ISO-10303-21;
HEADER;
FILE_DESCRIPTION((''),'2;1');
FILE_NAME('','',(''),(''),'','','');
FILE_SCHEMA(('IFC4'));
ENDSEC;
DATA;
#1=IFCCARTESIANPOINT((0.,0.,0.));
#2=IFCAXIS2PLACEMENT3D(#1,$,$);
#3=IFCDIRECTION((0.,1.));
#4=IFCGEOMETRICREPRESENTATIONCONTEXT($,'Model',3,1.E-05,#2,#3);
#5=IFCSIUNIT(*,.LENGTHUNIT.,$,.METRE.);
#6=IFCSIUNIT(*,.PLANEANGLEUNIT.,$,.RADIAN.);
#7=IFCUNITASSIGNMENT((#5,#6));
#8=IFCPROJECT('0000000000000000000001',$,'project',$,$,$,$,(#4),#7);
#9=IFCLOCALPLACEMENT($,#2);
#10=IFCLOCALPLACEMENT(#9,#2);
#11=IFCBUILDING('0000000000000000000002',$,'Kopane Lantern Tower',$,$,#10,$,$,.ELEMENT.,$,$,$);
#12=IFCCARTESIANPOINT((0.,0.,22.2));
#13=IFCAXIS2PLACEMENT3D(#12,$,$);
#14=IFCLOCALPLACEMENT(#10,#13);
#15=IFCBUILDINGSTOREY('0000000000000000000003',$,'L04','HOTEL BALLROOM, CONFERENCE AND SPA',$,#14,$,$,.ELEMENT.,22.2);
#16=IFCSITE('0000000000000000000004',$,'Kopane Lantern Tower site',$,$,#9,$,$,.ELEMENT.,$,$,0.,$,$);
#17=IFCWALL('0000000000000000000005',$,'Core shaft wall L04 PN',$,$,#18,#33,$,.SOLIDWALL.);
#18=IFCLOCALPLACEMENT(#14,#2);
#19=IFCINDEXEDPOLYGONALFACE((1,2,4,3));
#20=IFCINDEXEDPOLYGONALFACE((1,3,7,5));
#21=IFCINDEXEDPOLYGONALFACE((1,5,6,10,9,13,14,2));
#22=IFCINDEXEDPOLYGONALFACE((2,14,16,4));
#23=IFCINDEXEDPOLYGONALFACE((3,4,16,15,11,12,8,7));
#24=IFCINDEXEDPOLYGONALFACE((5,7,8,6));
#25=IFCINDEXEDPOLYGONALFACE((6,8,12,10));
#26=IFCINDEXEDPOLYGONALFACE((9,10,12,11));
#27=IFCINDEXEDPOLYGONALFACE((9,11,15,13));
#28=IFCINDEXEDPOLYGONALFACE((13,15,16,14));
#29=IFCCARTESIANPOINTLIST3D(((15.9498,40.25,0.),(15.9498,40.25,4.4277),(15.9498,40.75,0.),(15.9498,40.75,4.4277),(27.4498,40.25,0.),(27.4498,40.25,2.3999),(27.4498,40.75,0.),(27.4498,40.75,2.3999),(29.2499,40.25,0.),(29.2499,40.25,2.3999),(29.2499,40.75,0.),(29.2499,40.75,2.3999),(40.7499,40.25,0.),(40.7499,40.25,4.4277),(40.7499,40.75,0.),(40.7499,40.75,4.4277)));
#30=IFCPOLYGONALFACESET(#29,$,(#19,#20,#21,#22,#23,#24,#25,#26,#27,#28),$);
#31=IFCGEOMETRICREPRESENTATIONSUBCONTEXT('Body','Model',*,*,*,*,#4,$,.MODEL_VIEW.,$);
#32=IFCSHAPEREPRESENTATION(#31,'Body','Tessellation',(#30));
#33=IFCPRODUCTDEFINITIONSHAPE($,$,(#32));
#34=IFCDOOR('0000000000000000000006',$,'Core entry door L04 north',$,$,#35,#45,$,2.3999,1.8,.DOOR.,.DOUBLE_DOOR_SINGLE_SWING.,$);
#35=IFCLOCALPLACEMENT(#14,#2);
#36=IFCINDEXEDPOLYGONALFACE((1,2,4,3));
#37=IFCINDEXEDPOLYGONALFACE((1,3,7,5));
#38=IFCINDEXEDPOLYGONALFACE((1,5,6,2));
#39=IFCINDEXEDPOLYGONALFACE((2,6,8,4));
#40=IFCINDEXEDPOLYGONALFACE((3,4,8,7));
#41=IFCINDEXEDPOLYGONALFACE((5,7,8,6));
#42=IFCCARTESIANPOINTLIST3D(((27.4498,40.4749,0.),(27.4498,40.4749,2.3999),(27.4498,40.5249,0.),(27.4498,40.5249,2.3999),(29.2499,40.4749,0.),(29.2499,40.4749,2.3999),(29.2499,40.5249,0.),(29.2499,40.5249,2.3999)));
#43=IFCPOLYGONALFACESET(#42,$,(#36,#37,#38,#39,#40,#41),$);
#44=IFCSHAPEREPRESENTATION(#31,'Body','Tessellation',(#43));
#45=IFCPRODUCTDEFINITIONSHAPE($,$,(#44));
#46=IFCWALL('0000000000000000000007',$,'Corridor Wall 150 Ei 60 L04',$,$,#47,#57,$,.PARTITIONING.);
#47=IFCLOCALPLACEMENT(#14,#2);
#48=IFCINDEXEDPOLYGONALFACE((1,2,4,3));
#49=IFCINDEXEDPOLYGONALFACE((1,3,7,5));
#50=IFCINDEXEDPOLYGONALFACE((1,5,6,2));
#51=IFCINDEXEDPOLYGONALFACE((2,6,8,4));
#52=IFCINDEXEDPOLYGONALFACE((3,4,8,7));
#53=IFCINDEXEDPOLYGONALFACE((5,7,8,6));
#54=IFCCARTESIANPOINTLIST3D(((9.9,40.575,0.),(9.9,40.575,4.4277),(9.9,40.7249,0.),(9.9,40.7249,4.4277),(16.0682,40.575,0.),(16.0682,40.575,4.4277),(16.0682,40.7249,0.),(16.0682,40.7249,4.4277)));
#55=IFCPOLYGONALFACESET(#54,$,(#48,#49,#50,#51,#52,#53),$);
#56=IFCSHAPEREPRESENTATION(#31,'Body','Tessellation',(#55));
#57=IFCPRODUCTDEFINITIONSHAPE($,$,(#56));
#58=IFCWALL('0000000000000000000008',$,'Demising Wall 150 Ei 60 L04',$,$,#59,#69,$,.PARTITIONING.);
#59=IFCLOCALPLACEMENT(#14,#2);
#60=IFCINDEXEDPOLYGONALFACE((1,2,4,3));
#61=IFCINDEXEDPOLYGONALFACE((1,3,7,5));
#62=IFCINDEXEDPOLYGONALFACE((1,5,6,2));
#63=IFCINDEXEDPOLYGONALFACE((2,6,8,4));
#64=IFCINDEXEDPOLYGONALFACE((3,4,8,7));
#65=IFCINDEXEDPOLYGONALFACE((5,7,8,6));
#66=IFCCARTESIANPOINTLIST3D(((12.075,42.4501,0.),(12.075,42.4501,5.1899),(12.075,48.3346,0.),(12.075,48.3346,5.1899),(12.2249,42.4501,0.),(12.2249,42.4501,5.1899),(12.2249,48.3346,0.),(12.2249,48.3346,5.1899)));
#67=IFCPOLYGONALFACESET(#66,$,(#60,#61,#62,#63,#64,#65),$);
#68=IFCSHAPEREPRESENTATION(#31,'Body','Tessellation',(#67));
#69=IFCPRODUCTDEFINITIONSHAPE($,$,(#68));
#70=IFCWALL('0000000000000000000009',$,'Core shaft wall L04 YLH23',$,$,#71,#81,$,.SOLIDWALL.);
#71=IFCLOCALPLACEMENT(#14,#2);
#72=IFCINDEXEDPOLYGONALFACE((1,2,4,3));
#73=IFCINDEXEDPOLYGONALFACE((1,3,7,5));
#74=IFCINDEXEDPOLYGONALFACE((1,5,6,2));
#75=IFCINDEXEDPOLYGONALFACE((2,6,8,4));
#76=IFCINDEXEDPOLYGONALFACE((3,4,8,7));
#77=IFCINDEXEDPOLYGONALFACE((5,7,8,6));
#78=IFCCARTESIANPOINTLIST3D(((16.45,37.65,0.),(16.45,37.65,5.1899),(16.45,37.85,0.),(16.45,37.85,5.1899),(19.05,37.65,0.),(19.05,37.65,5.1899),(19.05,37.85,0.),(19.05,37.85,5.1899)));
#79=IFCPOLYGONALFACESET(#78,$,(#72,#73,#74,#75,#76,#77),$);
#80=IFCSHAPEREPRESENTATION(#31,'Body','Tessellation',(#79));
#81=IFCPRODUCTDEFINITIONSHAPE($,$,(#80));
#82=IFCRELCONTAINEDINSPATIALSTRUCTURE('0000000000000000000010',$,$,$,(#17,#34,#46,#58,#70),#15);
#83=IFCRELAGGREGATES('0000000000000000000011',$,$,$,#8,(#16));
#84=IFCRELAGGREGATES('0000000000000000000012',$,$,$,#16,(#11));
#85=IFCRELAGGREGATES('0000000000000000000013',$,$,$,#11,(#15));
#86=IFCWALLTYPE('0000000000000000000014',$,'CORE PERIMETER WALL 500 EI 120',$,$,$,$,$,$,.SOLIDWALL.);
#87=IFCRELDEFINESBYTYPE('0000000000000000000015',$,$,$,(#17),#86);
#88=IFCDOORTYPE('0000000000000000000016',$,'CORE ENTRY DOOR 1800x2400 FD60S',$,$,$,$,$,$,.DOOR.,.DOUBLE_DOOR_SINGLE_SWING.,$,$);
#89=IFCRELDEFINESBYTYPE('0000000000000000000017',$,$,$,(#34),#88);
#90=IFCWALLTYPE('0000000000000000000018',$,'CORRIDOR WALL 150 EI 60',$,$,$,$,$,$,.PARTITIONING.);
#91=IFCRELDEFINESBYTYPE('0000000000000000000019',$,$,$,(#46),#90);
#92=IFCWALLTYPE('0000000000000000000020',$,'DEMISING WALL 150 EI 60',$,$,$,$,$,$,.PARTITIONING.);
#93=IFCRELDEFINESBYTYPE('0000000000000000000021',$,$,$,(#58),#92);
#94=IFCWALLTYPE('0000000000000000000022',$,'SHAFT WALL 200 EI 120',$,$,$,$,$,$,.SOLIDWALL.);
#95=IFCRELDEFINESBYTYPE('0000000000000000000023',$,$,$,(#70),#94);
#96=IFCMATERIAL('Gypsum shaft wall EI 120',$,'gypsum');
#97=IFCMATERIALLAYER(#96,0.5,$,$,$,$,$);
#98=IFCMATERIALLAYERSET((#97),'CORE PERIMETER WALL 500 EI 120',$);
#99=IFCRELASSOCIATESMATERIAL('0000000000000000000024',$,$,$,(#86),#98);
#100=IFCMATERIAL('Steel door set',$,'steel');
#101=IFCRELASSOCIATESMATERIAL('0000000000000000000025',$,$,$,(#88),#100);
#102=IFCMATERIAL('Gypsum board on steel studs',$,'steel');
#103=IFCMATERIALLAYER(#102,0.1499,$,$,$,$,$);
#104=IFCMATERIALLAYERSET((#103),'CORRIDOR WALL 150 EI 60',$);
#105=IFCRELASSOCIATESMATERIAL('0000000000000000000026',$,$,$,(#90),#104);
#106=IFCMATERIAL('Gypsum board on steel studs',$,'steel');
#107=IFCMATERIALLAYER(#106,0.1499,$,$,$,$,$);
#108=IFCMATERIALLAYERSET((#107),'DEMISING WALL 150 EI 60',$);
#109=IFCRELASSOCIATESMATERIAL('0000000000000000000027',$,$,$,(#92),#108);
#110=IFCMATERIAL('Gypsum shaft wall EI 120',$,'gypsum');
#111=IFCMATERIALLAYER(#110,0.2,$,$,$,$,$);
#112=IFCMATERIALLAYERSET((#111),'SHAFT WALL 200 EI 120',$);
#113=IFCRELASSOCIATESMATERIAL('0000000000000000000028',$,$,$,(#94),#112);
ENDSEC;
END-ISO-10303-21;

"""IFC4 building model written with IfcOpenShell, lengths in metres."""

from ifc_helpers import new_model, si_unit, direction, frame, frame_2d, origin, place, context, subcontext, project, spatial, rectangle, extrude, material, layer, layer_set, type_object, element, fill, save


model = new_model("IFC4")

# Units and contexts
model_context = context("Model", 3, precision=1e-05, world=origin(), true_north=direction((0.0, 1.0)))
body_context = subcontext(model_context, "Body", "Model", "MODEL_VIEW")
ifc_project = project(units=[si_unit("LENGTHUNIT", "METRE"), si_unit("PLANEANGLEUNIT", "RADIAN")], contexts=[model_context])

# Site, building, storey
site_placement = place(None, origin())
site = spatial("IfcSite", under=ifc_project, at=site_placement, Name="Kopane Lantern Tower site", CompositionType="ELEMENT", RefElevation=0.0)
building_placement = place(site_placement, origin())
building = spatial("IfcBuilding", under=site, at=building_placement, Name="Kopane Lantern Tower", CompositionType="ELEMENT")
storey_placement = place(building_placement, frame((0.0, 0.0, 22.2)))
storey = spatial("IfcBuildingStorey", under=building, at=storey_placement, Name="L04", Description="HOTEL BALLROOM, CONFERENCE AND SPA", CompositionType="ELEMENT", Elevation=22.2)

# Wall, opening, door
ifc_material_1 = material(Name="Gypsum shaft wall EI 120", Category="gypsum")
ifc_layer_1 = layer(ifc_material_1, 0.5)
ifc_layer_set_1 = layer_set([ifc_layer_1], Name="CORE PERIMETER WALL 500 EI 120")
wall_type_1 = type_object("IfcWallType", Name="CORE PERIMETER WALL 500 EI 120", PredefinedType="SOLIDWALL", material=ifc_layer_set_1)
wall_1_placement = place(storey_placement, frame((15.95, 40.5, 0.0), z_axis=(0.0, 0.0, 1.0), x_axis=(1.0, 0.0, 0.0)))
wall_1 = element("IfcWall", 1, at=wall_1_placement, inside=storey, type_object=wall_type_1, Name="Core shaft wall L04 PN", PredefinedType="SOLIDWALL", context=body_context, shape_type="SweptSolid", body=[
    extrude(rectangle(XDim=24.8, YDim=0.5, at=frame_2d((12.3999, 0.0))), origin(), (0.0, 0.0, 1.0), 4.4277),
])
opening_placement = place(wall_1_placement, frame((11.5, 0.0, 0.0)))
opening = element("IfcOpeningElement", 2, at=opening_placement, cuts=wall_1, PredefinedType="OPENING", context=body_context, shape_type="SweptSolid", body=[
    extrude(rectangle(XDim=1.8, YDim=2.3999, at=frame_2d((0.8999, 1.2))), frame((0.0, 0.26, 0.0), z_axis=(0.0, -1.0, 0.0), x_axis=(1.0, 0.0, 0.0)), (0.0, 0.0, 1.0), 0.52),
])
ifc_material_2 = material(Name="Steel door set", Category="steel")
door_type = type_object("IfcDoorType", Name="CORE ENTRY DOOR 1800x2400 FD60S", OperationType="DOUBLE_DOOR_SINGLE_SWING", PredefinedType="DOOR", material=ifc_material_2)
door_placement = place(opening_placement, origin())
door = element("IfcDoor", 3, at=door_placement, inside=storey, type_object=door_type, Name="Core entry door L04 north", OperationType="DOUBLE_DOOR_SINGLE_SWING", OverallHeight=2.3999, OverallWidth=1.8, PredefinedType="DOOR", context=body_context, shape_type="SweptSolid", body=[
    extrude(rectangle(XDim=1.8, YDim=2.3999, at=frame_2d((0.8999, 1.2))), frame((0.0, 0.0249, 0.0), z_axis=(0.0, -1.0, 0.0), x_axis=(1.0, 0.0, 0.0)), (0.0, 0.0, 1.0), 0.05),
])
fill(opening, door)

# Walls
ifc_material_3 = material(Name="Gypsum board on steel studs", Category="steel")
ifc_layer_2 = layer(ifc_material_3, 0.1499)
ifc_layer_set_2 = layer_set([ifc_layer_2], Name="CORRIDOR WALL 150 EI 60")
wall_type_2 = type_object("IfcWallType", Name="CORRIDOR WALL 150 EI 60", PredefinedType="PARTITIONING", material=ifc_layer_set_2)
wall_2_placement = place(storey_placement, frame((16.0681, 40.6499, 0.0), z_axis=(0.0, 0.0, 1.0), x_axis=(-1.0, 0.0, 0.0)))
element("IfcWall", 4, at=wall_2_placement, inside=storey, type_object=wall_type_2, Name="Corridor Wall 150 Ei 60 L04", PredefinedType="PARTITIONING", context=body_context, shape_type="SweptSolid", body=[
    extrude(rectangle(XDim=6.1682, YDim=0.1499, at=frame_2d((3.084, 0.0))), origin(), (0.0, 0.0, 1.0), 4.4277),
])
ifc_material_4 = material(Name="Gypsum board on steel studs", Category="steel")
ifc_layer_3 = layer(ifc_material_4, 0.1499)
ifc_layer_set_3 = layer_set([ifc_layer_3], Name="DEMISING WALL 150 EI 60")
wall_type_3 = type_object("IfcWallType", Name="DEMISING WALL 150 EI 60", PredefinedType="PARTITIONING", material=ifc_layer_set_3)
wall_3_placement = place(storey_placement, frame((12.1499, 42.45, 0.0), z_axis=(0.0, 0.0, 1.0), x_axis=(0.0, 1.0, 0.0)))
element("IfcWall", 5, at=wall_3_placement, inside=storey, type_object=wall_type_3, Name="Demising Wall 150 Ei 60 L04", PredefinedType="PARTITIONING", context=body_context, shape_type="SweptSolid", body=[
    extrude(rectangle(XDim=5.8845, YDim=0.1499, at=frame_2d((2.9424, 0.0))), origin(), (0.0, 0.0, 1.0), 5.1899),
])
ifc_material_5 = material(Name="Gypsum shaft wall EI 120", Category="gypsum")
ifc_layer_4 = layer(ifc_material_5, 0.2)
ifc_layer_set_4 = layer_set([ifc_layer_4], Name="SHAFT WALL 200 EI 120")
wall_type_4 = type_object("IfcWallType", Name="SHAFT WALL 200 EI 120", PredefinedType="SOLIDWALL", material=ifc_layer_set_4)
wall_4_placement = place(storey_placement, frame((16.45, 37.75, 0.0), z_axis=(0.0, 0.0, 1.0), x_axis=(1.0, 0.0, 0.0)))
element("IfcWall", 6, at=wall_4_placement, inside=storey, type_object=wall_type_4, Name="Core shaft wall L04 YLH23", PredefinedType="SOLIDWALL", context=body_context, shape_type="SweptSolid", body=[
    extrude(rectangle(XDim=2.6001, YDim=0.2, at=frame_2d((1.3, 0.0))), origin(), (0.0, 0.0, 1.0), 5.1899),
])

save(model, "model.ifc")
